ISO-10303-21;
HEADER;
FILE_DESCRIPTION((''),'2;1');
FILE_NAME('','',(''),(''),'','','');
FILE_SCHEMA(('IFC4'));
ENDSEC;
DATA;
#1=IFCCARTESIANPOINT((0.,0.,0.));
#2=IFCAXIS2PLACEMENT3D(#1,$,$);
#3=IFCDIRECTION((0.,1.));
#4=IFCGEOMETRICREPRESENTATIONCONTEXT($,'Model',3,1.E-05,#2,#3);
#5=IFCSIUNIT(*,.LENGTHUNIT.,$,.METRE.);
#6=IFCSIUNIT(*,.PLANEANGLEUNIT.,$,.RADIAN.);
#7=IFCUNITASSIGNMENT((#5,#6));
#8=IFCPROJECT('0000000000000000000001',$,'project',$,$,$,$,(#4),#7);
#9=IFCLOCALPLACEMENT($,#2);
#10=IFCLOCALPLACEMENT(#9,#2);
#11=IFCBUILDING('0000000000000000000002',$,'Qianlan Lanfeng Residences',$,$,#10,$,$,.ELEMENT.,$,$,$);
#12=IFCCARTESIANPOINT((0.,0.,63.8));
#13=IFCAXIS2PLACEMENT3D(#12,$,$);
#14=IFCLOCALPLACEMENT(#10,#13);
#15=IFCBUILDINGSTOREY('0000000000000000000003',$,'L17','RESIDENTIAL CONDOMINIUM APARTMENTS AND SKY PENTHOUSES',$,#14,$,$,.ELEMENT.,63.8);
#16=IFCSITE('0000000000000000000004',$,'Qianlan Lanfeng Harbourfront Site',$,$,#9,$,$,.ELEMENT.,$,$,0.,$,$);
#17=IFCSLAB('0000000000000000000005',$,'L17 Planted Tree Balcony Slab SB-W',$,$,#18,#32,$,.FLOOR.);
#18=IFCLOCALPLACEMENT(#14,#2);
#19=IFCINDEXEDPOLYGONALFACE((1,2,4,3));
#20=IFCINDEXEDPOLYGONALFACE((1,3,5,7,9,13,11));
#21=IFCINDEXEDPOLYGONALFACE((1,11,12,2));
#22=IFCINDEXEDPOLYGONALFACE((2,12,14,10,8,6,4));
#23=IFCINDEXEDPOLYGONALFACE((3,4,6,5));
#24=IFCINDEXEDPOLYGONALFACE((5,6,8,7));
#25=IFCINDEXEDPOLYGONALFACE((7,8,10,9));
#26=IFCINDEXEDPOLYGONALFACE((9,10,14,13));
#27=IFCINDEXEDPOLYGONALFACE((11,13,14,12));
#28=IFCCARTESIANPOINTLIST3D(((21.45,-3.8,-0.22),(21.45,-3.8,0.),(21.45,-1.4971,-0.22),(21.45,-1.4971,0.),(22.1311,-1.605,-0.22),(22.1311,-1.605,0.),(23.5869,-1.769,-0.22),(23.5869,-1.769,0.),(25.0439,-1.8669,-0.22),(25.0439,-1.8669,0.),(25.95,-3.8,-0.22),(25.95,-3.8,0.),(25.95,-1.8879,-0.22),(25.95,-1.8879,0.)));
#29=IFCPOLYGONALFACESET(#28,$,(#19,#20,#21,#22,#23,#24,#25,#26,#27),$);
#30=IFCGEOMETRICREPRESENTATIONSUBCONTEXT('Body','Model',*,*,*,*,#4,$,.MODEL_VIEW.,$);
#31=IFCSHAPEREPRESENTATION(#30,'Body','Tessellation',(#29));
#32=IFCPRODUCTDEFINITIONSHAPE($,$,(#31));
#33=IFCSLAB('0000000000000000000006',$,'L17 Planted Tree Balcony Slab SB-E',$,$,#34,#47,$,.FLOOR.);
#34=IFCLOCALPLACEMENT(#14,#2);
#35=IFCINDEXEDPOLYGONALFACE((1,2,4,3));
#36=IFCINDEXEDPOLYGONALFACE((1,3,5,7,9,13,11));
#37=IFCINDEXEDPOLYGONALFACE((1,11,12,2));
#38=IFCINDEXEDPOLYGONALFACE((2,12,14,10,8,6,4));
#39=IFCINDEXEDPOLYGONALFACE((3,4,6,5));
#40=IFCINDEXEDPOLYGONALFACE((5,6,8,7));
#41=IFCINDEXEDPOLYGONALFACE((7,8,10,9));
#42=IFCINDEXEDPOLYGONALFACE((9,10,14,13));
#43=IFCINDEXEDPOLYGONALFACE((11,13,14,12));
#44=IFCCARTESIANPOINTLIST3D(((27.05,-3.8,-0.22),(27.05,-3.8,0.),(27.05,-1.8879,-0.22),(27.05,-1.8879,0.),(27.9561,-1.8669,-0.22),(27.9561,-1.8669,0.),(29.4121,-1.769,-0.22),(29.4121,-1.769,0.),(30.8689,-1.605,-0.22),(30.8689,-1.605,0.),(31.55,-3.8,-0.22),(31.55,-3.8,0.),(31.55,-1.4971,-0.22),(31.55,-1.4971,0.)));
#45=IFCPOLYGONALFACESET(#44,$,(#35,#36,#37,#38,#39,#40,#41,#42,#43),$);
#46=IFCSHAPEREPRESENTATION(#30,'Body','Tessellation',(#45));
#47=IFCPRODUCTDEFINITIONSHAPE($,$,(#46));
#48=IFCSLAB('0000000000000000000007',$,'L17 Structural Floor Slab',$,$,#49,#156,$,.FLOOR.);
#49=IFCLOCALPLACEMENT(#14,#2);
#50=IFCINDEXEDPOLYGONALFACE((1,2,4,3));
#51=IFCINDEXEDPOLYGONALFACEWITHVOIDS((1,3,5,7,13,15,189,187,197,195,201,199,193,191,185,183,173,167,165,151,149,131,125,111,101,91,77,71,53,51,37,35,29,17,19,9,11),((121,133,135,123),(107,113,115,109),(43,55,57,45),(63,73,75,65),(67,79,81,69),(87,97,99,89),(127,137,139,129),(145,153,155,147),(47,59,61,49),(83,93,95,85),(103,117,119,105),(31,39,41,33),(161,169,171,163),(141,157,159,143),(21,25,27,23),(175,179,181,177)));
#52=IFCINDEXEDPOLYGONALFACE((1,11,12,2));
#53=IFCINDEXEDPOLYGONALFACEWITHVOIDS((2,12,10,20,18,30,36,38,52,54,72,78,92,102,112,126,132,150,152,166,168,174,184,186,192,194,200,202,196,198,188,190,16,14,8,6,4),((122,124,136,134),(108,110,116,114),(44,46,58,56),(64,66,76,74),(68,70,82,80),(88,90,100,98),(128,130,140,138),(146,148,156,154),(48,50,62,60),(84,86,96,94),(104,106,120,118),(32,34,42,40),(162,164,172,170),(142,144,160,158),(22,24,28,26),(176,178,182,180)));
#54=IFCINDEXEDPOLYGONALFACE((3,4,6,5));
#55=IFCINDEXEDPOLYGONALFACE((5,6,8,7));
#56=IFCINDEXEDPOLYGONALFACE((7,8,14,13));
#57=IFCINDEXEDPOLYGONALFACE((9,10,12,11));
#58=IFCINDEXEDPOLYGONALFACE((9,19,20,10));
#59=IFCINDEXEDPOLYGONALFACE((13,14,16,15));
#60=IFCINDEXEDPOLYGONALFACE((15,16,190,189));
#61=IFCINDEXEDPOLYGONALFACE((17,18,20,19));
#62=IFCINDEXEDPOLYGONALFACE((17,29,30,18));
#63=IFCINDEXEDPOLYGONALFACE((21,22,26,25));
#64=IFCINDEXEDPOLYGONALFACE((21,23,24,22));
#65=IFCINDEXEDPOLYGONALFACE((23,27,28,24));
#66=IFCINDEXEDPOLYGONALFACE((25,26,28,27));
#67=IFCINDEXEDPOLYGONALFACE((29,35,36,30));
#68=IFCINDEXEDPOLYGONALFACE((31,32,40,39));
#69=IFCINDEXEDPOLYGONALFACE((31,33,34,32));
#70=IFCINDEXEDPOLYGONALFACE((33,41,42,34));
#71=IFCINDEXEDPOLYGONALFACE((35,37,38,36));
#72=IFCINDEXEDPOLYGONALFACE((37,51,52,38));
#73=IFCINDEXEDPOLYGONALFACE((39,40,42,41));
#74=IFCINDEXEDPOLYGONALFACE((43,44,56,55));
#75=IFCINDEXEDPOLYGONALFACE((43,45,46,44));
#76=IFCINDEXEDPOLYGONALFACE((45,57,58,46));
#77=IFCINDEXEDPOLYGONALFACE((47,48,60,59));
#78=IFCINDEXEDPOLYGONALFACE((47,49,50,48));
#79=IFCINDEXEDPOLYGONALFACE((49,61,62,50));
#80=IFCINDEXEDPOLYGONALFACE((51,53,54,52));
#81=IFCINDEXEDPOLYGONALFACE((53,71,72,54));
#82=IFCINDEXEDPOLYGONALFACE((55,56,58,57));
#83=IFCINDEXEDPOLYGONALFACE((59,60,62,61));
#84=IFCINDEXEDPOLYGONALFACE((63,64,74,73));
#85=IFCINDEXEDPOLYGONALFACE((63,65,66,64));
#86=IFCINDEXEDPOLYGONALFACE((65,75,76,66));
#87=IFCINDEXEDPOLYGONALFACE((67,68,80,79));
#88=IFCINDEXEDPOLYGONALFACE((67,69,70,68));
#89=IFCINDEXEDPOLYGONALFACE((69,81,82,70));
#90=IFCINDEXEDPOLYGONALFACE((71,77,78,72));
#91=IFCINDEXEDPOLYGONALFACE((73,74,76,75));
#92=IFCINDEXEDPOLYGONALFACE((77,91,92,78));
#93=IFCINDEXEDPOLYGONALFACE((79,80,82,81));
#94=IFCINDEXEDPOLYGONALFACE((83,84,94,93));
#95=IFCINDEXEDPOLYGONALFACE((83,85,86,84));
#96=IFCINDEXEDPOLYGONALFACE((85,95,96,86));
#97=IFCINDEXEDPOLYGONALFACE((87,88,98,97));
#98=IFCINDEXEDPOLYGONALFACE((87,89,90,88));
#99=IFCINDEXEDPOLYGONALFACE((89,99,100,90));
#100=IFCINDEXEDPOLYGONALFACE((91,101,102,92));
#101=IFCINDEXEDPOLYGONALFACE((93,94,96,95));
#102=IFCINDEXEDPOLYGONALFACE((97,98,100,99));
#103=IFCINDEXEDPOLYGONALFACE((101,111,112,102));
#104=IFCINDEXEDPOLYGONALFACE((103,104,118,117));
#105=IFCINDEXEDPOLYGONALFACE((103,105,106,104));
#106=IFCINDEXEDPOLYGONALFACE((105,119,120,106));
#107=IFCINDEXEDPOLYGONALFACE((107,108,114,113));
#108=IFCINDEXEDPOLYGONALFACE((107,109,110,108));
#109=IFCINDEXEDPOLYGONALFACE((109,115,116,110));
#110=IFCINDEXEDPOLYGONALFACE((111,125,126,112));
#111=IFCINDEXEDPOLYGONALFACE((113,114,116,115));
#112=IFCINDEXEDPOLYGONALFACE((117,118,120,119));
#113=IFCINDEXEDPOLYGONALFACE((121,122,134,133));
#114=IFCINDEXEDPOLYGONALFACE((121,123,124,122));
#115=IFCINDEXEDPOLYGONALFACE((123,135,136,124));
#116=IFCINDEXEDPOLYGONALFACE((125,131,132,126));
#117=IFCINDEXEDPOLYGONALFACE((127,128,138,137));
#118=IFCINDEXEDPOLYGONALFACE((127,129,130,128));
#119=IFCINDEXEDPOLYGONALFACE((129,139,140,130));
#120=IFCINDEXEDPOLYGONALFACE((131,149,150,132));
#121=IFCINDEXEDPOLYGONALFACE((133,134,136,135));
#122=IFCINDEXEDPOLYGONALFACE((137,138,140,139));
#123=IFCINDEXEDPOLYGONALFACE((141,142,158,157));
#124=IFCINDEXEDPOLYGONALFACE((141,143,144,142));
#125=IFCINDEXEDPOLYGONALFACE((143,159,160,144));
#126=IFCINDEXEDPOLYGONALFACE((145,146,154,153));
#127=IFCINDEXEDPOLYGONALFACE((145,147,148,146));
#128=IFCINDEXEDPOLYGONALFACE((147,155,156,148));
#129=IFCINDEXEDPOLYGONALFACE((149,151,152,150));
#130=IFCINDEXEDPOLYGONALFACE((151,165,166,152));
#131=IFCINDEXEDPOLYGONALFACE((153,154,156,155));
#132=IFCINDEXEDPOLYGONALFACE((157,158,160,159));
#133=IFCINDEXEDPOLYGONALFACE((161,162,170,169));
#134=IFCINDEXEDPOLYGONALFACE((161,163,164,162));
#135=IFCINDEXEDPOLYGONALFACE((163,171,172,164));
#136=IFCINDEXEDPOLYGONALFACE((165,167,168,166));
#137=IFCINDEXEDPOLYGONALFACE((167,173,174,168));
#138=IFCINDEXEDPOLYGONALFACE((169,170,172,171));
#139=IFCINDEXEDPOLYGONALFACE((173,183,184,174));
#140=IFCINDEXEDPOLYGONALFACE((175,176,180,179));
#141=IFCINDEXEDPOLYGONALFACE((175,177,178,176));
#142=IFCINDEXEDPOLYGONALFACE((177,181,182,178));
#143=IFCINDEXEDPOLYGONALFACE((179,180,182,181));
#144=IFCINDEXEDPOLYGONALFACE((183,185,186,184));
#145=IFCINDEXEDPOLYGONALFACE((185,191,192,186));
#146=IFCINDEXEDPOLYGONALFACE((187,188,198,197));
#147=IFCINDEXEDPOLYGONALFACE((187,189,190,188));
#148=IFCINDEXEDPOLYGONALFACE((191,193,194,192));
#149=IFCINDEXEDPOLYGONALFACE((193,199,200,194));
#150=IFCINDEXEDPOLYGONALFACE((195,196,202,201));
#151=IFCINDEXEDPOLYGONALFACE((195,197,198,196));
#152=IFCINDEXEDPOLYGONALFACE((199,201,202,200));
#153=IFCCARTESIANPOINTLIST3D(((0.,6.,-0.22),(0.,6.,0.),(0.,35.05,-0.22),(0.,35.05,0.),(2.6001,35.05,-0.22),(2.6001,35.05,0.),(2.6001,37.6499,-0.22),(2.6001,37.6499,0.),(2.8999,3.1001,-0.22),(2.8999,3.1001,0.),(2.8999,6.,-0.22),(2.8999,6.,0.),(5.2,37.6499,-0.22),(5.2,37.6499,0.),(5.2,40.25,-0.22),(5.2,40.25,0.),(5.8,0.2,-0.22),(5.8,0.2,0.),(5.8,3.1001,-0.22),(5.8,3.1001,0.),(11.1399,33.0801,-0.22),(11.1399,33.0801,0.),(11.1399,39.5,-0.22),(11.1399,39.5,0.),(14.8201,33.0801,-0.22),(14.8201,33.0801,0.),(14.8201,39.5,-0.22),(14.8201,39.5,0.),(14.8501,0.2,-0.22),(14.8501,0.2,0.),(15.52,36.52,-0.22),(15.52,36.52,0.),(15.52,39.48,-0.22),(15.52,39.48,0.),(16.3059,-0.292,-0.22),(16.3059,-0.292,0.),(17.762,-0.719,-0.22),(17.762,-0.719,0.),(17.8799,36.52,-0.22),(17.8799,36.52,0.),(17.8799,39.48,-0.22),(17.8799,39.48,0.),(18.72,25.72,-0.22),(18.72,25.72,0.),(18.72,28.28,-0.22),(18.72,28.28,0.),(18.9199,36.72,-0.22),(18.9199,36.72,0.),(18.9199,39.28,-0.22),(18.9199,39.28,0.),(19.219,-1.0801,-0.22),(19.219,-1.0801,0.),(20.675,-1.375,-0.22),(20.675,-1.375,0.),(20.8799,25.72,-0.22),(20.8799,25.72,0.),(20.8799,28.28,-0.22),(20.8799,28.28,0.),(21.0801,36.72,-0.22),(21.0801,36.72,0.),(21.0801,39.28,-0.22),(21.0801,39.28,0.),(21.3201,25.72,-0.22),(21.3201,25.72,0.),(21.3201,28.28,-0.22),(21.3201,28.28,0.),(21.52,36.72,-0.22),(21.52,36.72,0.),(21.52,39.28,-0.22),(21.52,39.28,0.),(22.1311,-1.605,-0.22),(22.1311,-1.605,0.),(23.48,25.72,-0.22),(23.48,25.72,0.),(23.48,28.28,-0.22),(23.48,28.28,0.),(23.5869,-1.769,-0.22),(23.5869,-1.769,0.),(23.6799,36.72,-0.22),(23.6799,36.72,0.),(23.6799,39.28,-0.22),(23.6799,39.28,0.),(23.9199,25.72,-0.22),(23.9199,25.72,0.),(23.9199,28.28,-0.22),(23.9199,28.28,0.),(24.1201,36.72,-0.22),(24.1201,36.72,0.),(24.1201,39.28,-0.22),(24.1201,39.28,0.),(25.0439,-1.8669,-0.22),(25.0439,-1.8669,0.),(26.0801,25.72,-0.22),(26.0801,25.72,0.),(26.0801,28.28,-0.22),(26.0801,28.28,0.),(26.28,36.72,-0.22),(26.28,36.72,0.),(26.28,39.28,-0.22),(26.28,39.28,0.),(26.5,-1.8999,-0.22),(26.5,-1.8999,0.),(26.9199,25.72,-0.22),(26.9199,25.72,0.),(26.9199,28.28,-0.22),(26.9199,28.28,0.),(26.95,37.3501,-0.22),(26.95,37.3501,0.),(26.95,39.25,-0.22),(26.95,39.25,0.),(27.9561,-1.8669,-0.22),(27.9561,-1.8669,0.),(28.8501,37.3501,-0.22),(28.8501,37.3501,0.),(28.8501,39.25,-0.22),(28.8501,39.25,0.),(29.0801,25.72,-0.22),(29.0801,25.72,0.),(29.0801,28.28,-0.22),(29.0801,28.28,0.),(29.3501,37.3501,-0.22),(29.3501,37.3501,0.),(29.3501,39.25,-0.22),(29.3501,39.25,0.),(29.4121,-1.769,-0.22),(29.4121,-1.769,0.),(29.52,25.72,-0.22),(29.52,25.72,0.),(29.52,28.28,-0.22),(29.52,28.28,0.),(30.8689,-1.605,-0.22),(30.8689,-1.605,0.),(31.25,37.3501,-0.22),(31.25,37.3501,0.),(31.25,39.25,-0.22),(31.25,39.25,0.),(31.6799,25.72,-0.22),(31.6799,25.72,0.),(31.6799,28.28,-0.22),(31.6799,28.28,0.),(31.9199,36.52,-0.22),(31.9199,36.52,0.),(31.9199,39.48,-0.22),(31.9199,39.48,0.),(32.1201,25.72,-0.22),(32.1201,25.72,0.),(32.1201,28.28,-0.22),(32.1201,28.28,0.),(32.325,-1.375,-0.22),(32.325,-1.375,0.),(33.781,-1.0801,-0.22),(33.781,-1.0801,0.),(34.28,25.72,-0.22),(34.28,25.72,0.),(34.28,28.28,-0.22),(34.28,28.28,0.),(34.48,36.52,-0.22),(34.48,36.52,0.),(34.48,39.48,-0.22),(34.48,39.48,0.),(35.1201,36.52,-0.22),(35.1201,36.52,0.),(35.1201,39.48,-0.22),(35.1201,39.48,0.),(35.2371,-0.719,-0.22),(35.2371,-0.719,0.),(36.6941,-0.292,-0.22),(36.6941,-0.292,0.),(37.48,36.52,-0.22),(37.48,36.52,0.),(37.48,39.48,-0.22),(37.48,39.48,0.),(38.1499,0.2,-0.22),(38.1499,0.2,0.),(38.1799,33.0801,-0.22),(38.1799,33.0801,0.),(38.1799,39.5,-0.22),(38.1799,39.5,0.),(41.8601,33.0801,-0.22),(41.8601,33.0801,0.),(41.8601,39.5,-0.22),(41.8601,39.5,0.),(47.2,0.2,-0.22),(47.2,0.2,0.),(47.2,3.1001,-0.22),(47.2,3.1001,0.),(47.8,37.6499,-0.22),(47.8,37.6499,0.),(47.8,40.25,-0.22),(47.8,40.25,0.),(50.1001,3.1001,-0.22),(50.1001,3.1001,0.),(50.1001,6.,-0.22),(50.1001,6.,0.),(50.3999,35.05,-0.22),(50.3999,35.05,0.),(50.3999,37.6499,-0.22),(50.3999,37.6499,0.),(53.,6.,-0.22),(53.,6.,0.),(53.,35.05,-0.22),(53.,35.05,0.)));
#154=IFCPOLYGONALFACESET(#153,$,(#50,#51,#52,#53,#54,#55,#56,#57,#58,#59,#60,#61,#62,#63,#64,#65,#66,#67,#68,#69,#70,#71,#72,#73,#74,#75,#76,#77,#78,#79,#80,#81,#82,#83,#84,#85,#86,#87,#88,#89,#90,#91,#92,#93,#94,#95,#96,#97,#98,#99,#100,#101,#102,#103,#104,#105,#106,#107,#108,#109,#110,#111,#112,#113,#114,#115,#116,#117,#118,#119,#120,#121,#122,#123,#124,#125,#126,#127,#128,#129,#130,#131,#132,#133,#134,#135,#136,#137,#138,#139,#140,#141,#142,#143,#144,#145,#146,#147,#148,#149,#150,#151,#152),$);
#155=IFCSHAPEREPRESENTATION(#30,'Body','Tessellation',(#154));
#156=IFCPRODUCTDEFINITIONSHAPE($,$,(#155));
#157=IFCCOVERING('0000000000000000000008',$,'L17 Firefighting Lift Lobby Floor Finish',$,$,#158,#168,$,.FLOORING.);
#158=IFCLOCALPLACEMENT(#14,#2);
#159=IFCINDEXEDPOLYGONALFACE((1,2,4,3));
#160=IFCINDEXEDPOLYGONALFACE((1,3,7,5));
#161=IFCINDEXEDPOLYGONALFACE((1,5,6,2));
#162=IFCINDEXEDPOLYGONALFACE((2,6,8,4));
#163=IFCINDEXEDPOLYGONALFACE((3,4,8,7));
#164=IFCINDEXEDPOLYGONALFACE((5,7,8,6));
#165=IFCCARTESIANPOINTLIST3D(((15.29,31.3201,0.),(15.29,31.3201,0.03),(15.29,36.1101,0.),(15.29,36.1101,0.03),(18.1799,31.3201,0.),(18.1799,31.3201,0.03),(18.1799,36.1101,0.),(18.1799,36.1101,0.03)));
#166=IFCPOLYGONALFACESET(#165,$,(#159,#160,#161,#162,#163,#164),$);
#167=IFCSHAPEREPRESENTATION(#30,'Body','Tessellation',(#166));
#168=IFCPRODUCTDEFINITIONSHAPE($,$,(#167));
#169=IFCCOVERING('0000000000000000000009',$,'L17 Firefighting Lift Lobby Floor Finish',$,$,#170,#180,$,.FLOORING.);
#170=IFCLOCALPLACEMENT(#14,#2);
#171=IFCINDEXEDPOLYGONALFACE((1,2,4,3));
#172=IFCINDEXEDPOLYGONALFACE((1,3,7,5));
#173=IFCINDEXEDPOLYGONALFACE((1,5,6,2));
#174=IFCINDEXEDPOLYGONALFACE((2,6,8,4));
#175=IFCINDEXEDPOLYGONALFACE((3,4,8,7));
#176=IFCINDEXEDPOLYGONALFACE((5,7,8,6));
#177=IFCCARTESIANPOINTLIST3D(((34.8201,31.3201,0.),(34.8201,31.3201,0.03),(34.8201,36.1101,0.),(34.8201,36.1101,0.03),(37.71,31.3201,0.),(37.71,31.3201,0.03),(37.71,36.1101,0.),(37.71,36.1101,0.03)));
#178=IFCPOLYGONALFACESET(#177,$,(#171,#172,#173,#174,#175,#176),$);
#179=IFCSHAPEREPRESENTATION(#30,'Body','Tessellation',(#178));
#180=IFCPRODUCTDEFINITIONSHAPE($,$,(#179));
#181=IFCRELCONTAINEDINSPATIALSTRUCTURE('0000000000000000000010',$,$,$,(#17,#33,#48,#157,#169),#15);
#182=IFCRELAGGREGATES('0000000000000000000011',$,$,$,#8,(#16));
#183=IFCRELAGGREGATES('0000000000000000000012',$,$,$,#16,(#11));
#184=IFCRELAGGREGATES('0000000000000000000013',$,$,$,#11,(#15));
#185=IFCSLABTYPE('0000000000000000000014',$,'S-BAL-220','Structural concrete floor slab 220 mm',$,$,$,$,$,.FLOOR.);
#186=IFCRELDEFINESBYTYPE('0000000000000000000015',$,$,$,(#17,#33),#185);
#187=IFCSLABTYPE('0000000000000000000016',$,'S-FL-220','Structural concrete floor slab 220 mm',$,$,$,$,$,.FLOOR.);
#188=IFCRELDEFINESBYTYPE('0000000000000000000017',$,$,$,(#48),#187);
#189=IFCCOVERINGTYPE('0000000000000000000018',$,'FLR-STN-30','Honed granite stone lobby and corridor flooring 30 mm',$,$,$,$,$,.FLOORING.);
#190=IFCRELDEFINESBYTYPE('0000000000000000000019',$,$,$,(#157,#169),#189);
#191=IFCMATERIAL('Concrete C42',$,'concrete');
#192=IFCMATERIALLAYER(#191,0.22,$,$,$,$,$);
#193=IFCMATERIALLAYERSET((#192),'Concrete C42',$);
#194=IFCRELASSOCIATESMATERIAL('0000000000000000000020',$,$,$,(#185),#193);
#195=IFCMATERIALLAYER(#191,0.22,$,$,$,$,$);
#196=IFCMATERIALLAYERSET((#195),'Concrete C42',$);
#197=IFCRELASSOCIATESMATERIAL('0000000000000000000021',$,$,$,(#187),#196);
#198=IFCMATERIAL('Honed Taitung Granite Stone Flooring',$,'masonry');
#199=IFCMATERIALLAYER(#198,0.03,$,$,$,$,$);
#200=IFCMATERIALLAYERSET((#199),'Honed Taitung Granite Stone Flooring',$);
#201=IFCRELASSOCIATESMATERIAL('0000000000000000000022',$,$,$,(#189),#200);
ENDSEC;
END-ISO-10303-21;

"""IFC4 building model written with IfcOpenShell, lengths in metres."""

from ifc_helpers import new_model, si_unit, direction, frame, origin, place, context, subcontext, project, spatial, polyline, outline, extrude, material, layer, layer_set, type_object, element, save


model = new_model("IFC4")

# Units and contexts
model_context = context("Model", 3, precision=1e-05, world=origin(), true_north=direction((0.0, 1.0)))
body_context = subcontext(model_context, "Body", "Model", "MODEL_VIEW")
ifc_project = project(units=[si_unit("LENGTHUNIT", "METRE"), si_unit("PLANEANGLEUNIT", "RADIAN")], contexts=[model_context])

# Site, building, storey
site_placement = place(None, origin())
site = spatial("IfcSite", under=ifc_project, at=site_placement, Name="Qianlan Lanfeng Harbourfront Site", CompositionType="ELEMENT", RefElevation=0.0)
building_placement = place(site_placement, origin())
building = spatial("IfcBuilding", under=site, at=building_placement, Name="Qianlan Lanfeng Residences", CompositionType="ELEMENT")
storey_placement = place(building_placement, frame((0.0, 0.0, 63.8)))
storey = spatial("IfcBuildingStorey", under=building, at=storey_placement, Name="L17", Description="RESIDENTIAL CONDOMINIUM APARTMENTS AND SKY PENTHOUSES", CompositionType="ELEMENT", Elevation=63.8)

# Slabs
ifc_material_1 = material(Name="Concrete C42", Category="concrete")
ifc_layer_1 = layer(ifc_material_1, 0.22)
ifc_layer_set_1 = layer_set([ifc_layer_1], Name="Concrete C42")
slab_type_1 = type_object("IfcSlabType", Name="S-BAL-220", Description="Structural concrete floor slab 220 mm", PredefinedType="FLOOR", material=ifc_layer_set_1)
slab_1_placement = place(storey_placement, frame((0.0, 0.0, -0.22)))
element("IfcSlab", 1, at=slab_1_placement, inside=storey, type_object=slab_type_1, Name="L17 Planted Tree Balcony Slab SB-W", PredefinedType="FLOOR", context=body_context, shape_type="SweptSolid", body=[
    extrude(outline(polyline([(25.95, -1.8879), (25.0439, -1.8669), (23.5869, -1.769), (22.1311, -1.605), (21.45, -1.4971), (21.45, -3.8), (25.95, -3.8), (25.95, -1.8879)])), origin(), (0.0, 0.0, 1.0), 0.22),
])
slab_2_placement = place(storey_placement, frame((0.0, 0.0, -0.22)))
element("IfcSlab", 2, at=slab_2_placement, inside=storey, type_object=slab_type_1, Name="L17 Planted Tree Balcony Slab SB-E", PredefinedType="FLOOR", context=body_context, shape_type="SweptSolid", body=[
    extrude(outline(polyline([(31.55, -1.4971), (30.8689, -1.605), (29.4121, -1.769), (27.9561, -1.8669), (27.05, -1.8879), (27.05, -3.8), (31.55, -3.8), (31.55, -1.4971)])), origin(), (0.0, 0.0, 1.0), 0.22),
])
ifc_layer_2 = layer(ifc_material_1, 0.22)
ifc_layer_set_2 = layer_set([ifc_layer_2], Name="Concrete C42")
slab_type_2 = type_object("IfcSlabType", Name="S-FL-220", Description="Structural concrete floor slab 220 mm", PredefinedType="FLOOR", material=ifc_layer_set_2)
slab_3_placement = place(storey_placement, frame((0.0, 0.0, -0.22)))
element("IfcSlab", 3, at=slab_3_placement, inside=storey, type_object=slab_type_2, Name="L17 Structural Floor Slab", PredefinedType="FLOOR", context=body_context, shape_type="SweptSolid", body=[
    extrude(outline(polyline([(0.0, 6.0), (2.8999, 6.0), (2.8999, 3.1001), (5.8, 3.1001), (5.8, 0.2), (14.8501, 0.2), (16.3059, -0.292), (17.762, -0.719), (19.219, -1.0801), (20.675, -1.375), (22.1311, -1.605), (23.5869, -1.769), (25.0439, -1.8669), (26.5, -1.8999), (27.9561, -1.8669), (29.4121, -1.769), (30.8689, -1.605), (32.325, -1.375), (33.781, -1.0801), (35.2371, -0.719), (36.6941, -0.292), (38.1499, 0.2), (47.2, 0.2), (47.2, 3.1001), (50.1001, 3.1001), (50.1001, 6.0), (53.0, 6.0), (53.0, 35.05), (50.3999, 35.05), (50.3999, 37.6499), (47.8, 37.6499), (47.8, 40.25), (5.2, 40.25), (5.2, 37.6499), (2.6001, 37.6499), (2.6001, 35.05), (0.0, 35.05), (0.0, 6.0)]), holes=[polyline([(11.1399, 33.0801), (11.1399, 39.5), (14.8201, 39.5), (14.8201, 33.0801), (11.1399, 33.0801)]), polyline([(38.1799, 33.0801), (38.1799, 39.5), (41.8601, 39.5), (41.8601, 33.0801), (38.1799, 33.0801)]), polyline([(15.52, 36.52), (15.52, 39.48), (17.8799, 39.48), (17.8799, 36.52), (15.52, 36.52)]), polyline([(35.1201, 36.52), (35.1201, 39.48), (37.48, 39.48), (37.48, 36.52), (35.1201, 36.52)]), polyline([(31.9199, 36.52), (31.9199, 39.48), (34.48, 39.48), (34.48, 36.52), (31.9199, 36.52)]), polyline([(18.72, 25.72), (18.72, 28.28), (20.8799, 28.28), (20.8799, 25.72), (18.72, 25.72)]), polyline([(21.3201, 25.72), (21.3201, 28.28), (23.48, 28.28), (23.48, 25.72), (21.3201, 25.72)]), polyline([(23.9199, 25.72), (23.9199, 28.28), (26.0801, 28.28), (26.0801, 25.72), (23.9199, 25.72)]), polyline([(26.9199, 25.72), (26.9199, 28.28), (29.0801, 28.28), (29.0801, 25.72), (26.9199, 25.72)]), polyline([(29.52, 25.72), (29.52, 28.28), (31.6799, 28.28), (31.6799, 25.72), (29.52, 25.72)]), polyline([(32.1201, 25.72), (32.1201, 28.28), (34.28, 28.28), (34.28, 25.72), (32.1201, 25.72)]), polyline([(18.9199, 36.72), (18.9199, 39.28), (21.0801, 39.28), (21.0801, 36.72), (18.9199, 36.72)]), polyline([(21.52, 36.72), (21.52, 39.28), (23.6799, 39.28), (23.6799, 36.72), (21.52, 36.72)]), polyline([(24.1201, 36.72), (24.1201, 39.28), (26.28, 39.28), (26.28, 36.72), (24.1201, 36.72)]), polyline([(26.95, 37.3501), (26.95, 39.25), (28.8501, 39.25), (28.8501, 37.3501), (26.95, 37.3501)]), polyline([(29.3501, 37.3501), (29.3501, 39.25), (31.25, 39.25), (31.25, 37.3501), (29.3501, 37.3501)])]), origin(), (0.0, 0.0, 1.0), 0.22),
])

# Coverings
ifc_material_2 = material(Name="Honed Taitung Granite Stone Flooring", Category="masonry")
ifc_layer_3 = layer(ifc_material_2, 0.03)
ifc_layer_set_3 = layer_set([ifc_layer_3], Name="Honed Taitung Granite Stone Flooring")
covering_type_1 = type_object("IfcCoveringType", Name="FLR-STN-30", Description="Honed granite stone lobby and corridor flooring 30 mm", PredefinedType="FLOORING", material=ifc_layer_set_3)
covering_1_placement = place(storey_placement, origin())
element("IfcCovering", 4, at=covering_1_placement, inside=storey, type_object=covering_type_1, Name="L17 Firefighting Lift Lobby Floor Finish", PredefinedType="FLOORING", context=body_context, shape_type="SweptSolid", body=[
    extrude(outline(polyline([(15.29, 31.3201), (18.1799, 31.3201), (18.1799, 36.1101), (15.29, 36.1101), (15.29, 31.3201)])), origin(), (0.0, 0.0, 1.0), 0.03),
])
covering_2_placement = place(storey_placement, origin())
element("IfcCovering", 5, at=covering_2_placement, inside=storey, type_object=covering_type_1, Name="L17 Firefighting Lift Lobby Floor Finish", PredefinedType="FLOORING", context=body_context, shape_type="SweptSolid", body=[
    extrude(outline(polyline([(34.8201, 31.3201), (37.71, 31.3201), (37.71, 36.1101), (34.8201, 36.1101), (34.8201, 31.3201)])), origin(), (0.0, 0.0, 1.0), 0.03),
])

save(model, "model.ifc")
